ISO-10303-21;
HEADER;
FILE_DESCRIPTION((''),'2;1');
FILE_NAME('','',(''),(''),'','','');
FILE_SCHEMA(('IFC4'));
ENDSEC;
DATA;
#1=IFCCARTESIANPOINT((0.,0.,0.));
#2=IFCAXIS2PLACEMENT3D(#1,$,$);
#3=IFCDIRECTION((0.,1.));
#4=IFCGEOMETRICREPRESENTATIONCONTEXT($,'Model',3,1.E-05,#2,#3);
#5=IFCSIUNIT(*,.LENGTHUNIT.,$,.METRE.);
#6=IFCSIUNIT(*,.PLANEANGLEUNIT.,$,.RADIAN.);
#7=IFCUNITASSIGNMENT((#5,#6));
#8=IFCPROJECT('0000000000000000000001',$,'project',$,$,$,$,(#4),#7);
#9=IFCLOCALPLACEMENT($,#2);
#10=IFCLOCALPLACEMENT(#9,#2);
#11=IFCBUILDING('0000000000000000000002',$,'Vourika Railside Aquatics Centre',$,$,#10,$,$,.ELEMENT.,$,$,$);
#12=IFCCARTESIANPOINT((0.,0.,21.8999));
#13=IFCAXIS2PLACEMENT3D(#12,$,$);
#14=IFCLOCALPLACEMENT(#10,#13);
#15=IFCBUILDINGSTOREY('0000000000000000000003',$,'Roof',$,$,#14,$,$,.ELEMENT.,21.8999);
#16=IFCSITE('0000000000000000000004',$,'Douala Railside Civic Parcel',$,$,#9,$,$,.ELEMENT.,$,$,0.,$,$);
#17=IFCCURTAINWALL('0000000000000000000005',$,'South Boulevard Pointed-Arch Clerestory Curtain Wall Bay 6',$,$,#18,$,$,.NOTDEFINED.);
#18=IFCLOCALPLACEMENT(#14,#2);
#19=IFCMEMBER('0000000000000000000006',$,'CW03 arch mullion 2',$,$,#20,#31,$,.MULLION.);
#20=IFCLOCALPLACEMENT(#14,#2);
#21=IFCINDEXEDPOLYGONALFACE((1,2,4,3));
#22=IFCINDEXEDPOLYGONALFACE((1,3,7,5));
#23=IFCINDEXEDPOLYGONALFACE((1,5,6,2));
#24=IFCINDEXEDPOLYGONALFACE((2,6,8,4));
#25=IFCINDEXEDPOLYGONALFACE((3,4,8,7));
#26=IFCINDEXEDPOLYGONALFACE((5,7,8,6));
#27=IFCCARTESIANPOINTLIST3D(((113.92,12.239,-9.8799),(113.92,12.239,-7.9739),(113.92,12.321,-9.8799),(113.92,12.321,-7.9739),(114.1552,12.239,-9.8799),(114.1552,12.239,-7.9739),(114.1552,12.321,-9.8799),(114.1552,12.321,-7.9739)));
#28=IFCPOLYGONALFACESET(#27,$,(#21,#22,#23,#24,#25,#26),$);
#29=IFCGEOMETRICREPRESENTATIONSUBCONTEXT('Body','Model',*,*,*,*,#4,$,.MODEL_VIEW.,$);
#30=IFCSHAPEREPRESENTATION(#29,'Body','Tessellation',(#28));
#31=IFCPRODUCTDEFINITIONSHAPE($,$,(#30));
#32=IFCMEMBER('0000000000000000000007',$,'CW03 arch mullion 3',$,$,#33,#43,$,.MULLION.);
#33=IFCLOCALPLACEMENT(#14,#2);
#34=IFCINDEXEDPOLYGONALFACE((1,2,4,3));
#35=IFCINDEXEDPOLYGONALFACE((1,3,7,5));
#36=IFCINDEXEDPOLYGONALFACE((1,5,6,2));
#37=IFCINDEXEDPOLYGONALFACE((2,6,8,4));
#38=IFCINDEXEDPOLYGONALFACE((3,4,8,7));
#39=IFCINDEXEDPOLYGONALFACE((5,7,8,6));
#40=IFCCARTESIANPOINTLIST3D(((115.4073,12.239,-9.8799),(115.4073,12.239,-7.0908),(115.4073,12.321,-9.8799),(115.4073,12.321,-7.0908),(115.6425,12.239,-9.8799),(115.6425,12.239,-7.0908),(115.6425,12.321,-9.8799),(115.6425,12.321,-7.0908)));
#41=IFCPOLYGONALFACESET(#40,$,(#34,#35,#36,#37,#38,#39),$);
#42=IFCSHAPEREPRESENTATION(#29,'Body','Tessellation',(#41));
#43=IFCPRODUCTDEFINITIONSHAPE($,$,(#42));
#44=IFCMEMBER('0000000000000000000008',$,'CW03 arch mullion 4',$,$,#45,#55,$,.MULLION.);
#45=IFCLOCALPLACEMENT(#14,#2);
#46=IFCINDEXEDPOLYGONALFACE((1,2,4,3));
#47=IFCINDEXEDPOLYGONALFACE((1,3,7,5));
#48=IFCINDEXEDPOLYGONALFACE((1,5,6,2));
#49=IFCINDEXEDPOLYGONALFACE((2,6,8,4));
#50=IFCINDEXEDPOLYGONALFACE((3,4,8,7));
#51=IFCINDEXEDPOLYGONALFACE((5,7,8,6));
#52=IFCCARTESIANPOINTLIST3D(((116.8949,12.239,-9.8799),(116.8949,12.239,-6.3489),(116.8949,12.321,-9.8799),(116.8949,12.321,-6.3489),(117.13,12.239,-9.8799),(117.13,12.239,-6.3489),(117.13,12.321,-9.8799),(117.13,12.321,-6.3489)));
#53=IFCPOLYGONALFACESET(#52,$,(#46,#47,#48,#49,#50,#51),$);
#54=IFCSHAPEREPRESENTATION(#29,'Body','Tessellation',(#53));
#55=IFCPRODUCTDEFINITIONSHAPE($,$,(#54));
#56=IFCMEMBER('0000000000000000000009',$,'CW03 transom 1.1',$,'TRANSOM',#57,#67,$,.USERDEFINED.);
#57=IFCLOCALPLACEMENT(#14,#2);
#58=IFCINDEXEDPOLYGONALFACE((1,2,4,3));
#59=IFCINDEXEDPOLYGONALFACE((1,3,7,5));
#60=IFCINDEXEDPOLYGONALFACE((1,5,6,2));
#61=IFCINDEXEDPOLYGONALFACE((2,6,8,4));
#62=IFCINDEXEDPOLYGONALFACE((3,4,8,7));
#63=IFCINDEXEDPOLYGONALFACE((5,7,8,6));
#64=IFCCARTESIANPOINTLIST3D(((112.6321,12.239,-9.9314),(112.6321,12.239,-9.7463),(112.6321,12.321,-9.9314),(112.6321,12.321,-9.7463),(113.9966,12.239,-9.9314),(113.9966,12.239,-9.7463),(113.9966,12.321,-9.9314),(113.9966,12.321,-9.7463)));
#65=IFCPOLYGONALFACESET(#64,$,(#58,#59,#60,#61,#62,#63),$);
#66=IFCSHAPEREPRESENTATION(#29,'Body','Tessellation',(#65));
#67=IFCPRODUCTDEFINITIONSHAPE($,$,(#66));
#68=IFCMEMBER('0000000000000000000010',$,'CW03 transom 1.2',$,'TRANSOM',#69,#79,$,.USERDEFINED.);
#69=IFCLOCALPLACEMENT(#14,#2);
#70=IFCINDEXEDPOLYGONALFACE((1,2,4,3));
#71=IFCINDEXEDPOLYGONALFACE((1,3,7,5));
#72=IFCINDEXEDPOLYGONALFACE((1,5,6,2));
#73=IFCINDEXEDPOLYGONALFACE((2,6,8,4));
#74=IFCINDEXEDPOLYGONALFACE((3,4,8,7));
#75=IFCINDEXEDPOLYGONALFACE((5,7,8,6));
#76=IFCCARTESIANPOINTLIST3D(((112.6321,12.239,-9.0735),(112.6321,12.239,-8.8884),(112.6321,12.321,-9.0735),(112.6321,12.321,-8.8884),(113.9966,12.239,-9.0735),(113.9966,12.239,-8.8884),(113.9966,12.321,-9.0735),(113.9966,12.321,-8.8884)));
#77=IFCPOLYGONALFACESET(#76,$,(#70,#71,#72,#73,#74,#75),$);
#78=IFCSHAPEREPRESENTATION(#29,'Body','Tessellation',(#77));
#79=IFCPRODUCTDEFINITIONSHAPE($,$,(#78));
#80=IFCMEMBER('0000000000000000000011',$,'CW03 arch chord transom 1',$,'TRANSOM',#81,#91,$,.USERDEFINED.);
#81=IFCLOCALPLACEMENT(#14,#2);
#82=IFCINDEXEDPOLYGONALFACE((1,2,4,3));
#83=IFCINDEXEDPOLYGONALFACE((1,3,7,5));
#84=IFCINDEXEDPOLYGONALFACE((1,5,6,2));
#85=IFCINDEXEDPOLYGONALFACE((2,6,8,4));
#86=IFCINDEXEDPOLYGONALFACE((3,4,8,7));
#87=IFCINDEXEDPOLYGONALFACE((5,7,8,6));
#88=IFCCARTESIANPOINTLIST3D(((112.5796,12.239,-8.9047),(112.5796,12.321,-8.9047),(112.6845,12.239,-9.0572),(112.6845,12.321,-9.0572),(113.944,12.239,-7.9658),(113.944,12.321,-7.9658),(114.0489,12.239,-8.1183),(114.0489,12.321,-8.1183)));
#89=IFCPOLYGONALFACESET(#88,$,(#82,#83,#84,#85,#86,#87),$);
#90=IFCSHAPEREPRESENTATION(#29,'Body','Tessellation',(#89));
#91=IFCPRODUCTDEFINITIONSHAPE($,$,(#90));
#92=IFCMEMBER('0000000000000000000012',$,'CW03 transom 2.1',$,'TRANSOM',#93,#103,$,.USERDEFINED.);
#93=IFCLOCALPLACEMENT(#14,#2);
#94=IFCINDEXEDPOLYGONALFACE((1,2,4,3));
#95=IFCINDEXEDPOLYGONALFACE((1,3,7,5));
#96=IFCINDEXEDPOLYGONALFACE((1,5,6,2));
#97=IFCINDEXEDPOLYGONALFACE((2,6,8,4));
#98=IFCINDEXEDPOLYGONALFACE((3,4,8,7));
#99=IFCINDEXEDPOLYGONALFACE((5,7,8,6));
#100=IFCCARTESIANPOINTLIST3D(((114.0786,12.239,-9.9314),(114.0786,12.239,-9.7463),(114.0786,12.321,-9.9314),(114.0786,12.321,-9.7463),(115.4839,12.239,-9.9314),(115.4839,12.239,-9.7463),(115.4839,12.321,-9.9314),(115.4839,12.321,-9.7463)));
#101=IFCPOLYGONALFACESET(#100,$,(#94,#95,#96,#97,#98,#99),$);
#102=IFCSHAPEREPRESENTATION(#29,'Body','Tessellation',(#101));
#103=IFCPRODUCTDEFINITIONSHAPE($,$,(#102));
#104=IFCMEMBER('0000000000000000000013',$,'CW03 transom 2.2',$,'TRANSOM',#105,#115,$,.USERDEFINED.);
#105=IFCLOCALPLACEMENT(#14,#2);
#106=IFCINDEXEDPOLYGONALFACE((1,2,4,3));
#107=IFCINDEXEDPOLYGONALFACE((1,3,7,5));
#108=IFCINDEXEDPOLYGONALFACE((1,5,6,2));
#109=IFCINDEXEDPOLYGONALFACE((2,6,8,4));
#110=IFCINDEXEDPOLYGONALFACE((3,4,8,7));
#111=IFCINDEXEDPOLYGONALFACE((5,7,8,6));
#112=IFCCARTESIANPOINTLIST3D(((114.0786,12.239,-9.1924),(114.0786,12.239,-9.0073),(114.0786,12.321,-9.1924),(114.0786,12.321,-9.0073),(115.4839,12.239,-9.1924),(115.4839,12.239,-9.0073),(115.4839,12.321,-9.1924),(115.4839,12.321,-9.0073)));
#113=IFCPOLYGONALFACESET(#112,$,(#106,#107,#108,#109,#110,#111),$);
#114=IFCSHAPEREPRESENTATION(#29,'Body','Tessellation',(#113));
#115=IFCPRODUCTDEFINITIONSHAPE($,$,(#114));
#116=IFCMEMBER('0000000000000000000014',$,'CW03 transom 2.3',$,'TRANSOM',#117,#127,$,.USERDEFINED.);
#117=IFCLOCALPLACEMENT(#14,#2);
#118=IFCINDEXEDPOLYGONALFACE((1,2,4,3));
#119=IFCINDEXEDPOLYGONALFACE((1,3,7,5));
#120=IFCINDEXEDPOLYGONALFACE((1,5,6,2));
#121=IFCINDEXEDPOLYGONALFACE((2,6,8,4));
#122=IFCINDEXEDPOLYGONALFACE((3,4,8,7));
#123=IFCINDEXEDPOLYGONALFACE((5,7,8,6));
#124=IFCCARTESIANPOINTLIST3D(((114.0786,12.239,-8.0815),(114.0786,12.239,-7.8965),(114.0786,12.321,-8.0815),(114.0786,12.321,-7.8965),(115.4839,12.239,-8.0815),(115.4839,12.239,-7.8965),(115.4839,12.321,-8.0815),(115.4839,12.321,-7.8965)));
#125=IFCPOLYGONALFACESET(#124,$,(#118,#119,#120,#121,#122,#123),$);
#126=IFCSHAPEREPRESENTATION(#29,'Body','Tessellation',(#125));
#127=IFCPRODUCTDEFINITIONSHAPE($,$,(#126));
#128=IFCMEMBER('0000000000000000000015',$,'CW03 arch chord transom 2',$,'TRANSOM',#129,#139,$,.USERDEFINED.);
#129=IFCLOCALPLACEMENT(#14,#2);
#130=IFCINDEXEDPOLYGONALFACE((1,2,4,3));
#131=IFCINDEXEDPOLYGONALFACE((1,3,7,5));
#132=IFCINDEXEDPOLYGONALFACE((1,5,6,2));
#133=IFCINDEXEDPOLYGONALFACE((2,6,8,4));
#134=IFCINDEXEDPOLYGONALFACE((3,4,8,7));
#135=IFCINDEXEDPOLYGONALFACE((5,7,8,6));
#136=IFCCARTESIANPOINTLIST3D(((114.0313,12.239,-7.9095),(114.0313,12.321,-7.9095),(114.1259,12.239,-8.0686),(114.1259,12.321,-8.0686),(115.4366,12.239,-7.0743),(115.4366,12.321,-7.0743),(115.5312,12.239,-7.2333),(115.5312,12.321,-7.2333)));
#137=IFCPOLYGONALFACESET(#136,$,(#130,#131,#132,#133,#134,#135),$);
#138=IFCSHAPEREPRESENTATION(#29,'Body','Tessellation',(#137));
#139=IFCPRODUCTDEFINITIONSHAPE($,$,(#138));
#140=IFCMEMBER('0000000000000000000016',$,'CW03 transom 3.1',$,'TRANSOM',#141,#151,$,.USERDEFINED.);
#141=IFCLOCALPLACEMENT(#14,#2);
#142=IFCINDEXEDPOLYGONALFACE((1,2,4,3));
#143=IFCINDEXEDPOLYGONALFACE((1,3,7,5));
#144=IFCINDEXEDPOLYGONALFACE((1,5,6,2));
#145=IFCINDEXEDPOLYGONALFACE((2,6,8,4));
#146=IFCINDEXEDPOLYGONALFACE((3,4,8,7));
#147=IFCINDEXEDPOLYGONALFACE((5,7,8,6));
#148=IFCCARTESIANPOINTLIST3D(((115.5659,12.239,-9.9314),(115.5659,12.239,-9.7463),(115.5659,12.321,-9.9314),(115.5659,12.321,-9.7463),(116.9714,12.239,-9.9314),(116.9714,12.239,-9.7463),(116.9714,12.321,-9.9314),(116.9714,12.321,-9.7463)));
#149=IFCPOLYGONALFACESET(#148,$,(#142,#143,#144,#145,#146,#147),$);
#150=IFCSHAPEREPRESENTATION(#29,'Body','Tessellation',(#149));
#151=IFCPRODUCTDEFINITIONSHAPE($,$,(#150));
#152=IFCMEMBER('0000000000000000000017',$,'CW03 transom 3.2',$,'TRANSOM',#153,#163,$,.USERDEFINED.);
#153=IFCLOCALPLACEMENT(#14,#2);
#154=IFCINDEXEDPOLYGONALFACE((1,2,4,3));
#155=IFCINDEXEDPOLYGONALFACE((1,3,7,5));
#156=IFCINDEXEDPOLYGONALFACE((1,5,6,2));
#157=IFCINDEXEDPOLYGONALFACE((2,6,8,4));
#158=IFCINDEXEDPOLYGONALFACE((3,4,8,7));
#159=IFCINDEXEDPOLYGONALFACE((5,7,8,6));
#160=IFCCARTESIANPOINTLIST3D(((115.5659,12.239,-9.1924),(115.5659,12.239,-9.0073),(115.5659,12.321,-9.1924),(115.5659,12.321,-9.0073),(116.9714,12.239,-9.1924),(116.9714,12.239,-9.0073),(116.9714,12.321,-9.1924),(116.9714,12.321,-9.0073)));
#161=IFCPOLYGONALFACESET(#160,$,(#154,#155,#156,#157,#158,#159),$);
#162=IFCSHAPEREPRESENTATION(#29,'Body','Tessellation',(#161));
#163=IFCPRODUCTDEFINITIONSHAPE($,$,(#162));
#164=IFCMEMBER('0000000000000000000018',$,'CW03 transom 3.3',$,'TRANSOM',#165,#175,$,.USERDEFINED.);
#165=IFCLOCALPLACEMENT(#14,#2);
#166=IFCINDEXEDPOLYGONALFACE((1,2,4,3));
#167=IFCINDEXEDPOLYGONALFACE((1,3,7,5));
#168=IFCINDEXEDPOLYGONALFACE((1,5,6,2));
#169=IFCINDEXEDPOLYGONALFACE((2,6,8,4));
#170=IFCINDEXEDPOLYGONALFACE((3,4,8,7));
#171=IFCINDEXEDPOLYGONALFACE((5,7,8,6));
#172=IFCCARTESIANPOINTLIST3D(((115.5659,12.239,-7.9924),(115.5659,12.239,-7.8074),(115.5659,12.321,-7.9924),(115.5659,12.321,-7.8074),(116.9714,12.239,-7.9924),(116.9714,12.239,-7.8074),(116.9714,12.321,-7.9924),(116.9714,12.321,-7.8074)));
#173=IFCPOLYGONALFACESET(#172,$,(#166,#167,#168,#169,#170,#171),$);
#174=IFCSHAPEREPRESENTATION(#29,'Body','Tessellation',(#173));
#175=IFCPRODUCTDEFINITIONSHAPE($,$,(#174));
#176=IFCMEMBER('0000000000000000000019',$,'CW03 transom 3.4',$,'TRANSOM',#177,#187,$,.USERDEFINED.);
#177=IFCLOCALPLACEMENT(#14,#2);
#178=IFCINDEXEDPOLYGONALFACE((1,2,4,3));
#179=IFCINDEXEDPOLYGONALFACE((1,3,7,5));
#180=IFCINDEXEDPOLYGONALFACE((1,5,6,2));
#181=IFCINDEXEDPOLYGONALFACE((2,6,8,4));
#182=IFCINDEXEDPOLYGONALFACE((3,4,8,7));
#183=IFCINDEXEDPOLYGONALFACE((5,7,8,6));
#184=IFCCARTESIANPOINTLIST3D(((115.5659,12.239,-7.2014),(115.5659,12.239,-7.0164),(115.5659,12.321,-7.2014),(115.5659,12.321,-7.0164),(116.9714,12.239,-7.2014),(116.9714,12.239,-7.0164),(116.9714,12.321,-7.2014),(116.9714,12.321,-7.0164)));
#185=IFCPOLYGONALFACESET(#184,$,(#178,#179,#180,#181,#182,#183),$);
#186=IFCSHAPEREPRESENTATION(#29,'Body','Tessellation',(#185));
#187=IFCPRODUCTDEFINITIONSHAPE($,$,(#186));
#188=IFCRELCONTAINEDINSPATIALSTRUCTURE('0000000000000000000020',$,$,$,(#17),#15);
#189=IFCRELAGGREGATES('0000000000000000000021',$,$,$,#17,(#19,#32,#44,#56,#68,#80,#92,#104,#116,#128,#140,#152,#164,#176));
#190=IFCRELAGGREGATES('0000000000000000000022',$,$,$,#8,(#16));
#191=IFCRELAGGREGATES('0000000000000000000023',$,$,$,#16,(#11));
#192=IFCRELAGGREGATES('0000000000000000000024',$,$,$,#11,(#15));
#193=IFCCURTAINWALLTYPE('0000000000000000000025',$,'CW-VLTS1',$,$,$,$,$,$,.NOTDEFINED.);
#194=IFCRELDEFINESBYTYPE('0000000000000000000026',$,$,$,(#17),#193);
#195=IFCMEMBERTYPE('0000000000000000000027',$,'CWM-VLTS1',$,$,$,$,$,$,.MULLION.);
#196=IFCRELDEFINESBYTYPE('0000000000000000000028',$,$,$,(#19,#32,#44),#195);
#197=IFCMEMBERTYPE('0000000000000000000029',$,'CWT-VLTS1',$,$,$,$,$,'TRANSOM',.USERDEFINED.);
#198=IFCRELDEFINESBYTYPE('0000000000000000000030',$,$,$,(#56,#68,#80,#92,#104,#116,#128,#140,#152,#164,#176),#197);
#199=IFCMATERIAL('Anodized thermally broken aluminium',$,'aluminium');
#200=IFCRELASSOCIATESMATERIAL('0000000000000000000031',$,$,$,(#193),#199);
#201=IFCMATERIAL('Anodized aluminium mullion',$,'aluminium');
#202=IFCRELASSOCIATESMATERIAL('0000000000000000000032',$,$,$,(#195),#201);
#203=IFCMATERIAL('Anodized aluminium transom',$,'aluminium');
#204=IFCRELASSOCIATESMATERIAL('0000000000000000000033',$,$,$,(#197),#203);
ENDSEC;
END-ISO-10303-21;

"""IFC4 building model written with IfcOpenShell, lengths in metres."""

from ifc_helpers import new_model, si_unit, direction, frame, origin, origin_2d, place, context, subcontext, project, spatial, rectangle, extrude, material, material_profile, profile_set, type_object, element, aggregate, save


model = new_model("IFC4")

# Units and contexts
model_context = context("Model", 3, precision=1e-05, world=origin(), true_north=direction((0.0, 1.0)))
body_context = subcontext(model_context, "Body", "Model", "MODEL_VIEW")
ifc_project = project(units=[si_unit("LENGTHUNIT", "METRE"), si_unit("PLANEANGLEUNIT", "RADIAN")], contexts=[model_context])

# Site, building, storey
site_placement = place(None, origin())
site = spatial("IfcSite", under=ifc_project, at=site_placement, Name="Douala Railside Civic Parcel", CompositionType="ELEMENT", RefElevation=0.0)
building_placement = place(site_placement, origin())
building = spatial("IfcBuilding", under=site, at=building_placement, Name="Vourika Railside Aquatics Centre", CompositionType="ELEMENT")
storey_placement = place(building_placement, frame((0.0, 0.0, 21.8999)))
storey = spatial("IfcBuildingStorey", under=building, at=storey_placement, Name="Roof", CompositionType="ELEMENT", Elevation=21.8999)

# Curtain wall, members
ifc_material_1 = material(Name="Anodized thermally broken aluminium", Category="aluminium")
curtain_wall_type = type_object("IfcCurtainWallType", Name="CW-VLTS1", PredefinedType="NOTDEFINED", material=ifc_material_1)
curtain_wall_placement = place(storey_placement, origin())
curtain_wall = element("IfcCurtainWall", 1, at=curtain_wall_placement, inside=storey, type_object=curtain_wall_type, Name="South Boulevard Pointed-Arch Clerestory Curtain Wall Bay 6", PredefinedType="NOTDEFINED")
ifc_material_2 = material(Name="Anodized aluminium mullion", Category="aluminium")
ifc_material_profile_1 = material_profile(ifc_material_2, rectangle(XDim=0.082, YDim=0.2351, at=origin_2d()), Name="ALU-M 82x235")
ifc_profile_set_1 = profile_set([ifc_material_profile_1], Name="Anodized aluminium mullion")
member_type_1 = type_object("IfcMemberType", Name="CWM-VLTS1", PredefinedType="MULLION", material=ifc_profile_set_1)
member_1_placement = place(storey_placement, frame((114.0376, 12.28, -9.8799), z_axis=(0.0, 0.0, 1.0), x_axis=(0.0, 1.0, 0.0)))
member_1 = element("IfcMember", 2, at=member_1_placement, type_object=member_type_1, Name="CW03 arch mullion 2", PredefinedType="MULLION", context=body_context, shape_type="SweptSolid", body=[
    extrude(rectangle(XDim=0.082, YDim=0.2351, at=origin_2d()), origin(), (0.0, 0.0, 1.0), 1.906),
])
member_2_placement = place(storey_placement, frame((115.5249, 12.28, -9.8799), z_axis=(0.0, 0.0, 1.0), x_axis=(0.0, 1.0, 0.0)))
member_2 = element("IfcMember", 3, at=member_2_placement, type_object=member_type_1, Name="CW03 arch mullion 3", PredefinedType="MULLION", context=body_context, shape_type="SweptSolid", body=[
    extrude(rectangle(XDim=0.082, YDim=0.2351, at=origin_2d()), origin(), (0.0, 0.0, 1.0), 2.7891),
])
member_3_placement = place(storey_placement, frame((117.0125, 12.28, -9.8799), z_axis=(0.0, 0.0, 1.0), x_axis=(0.0, 1.0, 0.0)))
member_3 = element("IfcMember", 4, at=member_3_placement, type_object=member_type_1, Name="CW03 arch mullion 4", PredefinedType="MULLION", context=body_context, shape_type="SweptSolid", body=[
    extrude(rectangle(XDim=0.082, YDim=0.2351, at=origin_2d()), origin(), (0.0, 0.0, 1.0), 3.531),
])
ifc_material_3 = material(Name="Anodized aluminium transom", Category="aluminium")
ifc_material_profile_2 = material_profile(ifc_material_3, rectangle(XDim=0.082, YDim=0.1851, at=origin_2d()), Name="ALU-T 82x185")
ifc_profile_set_2 = profile_set([ifc_material_profile_2], Name="Anodized aluminium transom")
member_type_2 = type_object("IfcMemberType", Name="CWT-VLTS1", ElementType="TRANSOM", PredefinedType="USERDEFINED", material=ifc_profile_set_2)
member_4_placement = place(storey_placement, frame((112.6321, 12.28, -9.8389), z_axis=(1.0, 0.0, 0.0), x_axis=(0.0, 1.0, 0.0)))
member_4 = element("IfcMember", 5, at=member_4_placement, type_object=member_type_2, Name="CW03 transom 1.1", ObjectType="TRANSOM", PredefinedType="USERDEFINED", context=body_context, shape_type="SweptSolid", body=[
    extrude(rectangle(XDim=0.082, YDim=0.1851, at=origin_2d()), origin(), (0.0, 0.0, 1.0), 1.3645),
])
member_5_placement = place(storey_placement, frame((112.6321, 12.28, -8.981), z_axis=(1.0, 0.0, 0.0), x_axis=(0.0, 1.0, 0.0)))
member_5 = element("IfcMember", 6, at=member_5_placement, type_object=member_type_2, Name="CW03 transom 1.2", ObjectType="TRANSOM", PredefinedType="USERDEFINED", context=body_context, shape_type="SweptSolid", body=[
    extrude(rectangle(XDim=0.082, YDim=0.1851, at=origin_2d()), origin(), (0.0, 0.0, 1.0), 1.3645),
])
member_6_placement = place(storey_placement, frame((112.6321, 12.28, -8.981), z_axis=(0.823797, 0.0, 0.566885), x_axis=(0.0, 1.0, 0.0)))
member_6 = element("IfcMember", 7, at=member_6_placement, type_object=member_type_2, Name="CW03 arch chord transom 1", ObjectType="TRANSOM", PredefinedType="USERDEFINED", context=body_context, shape_type="SweptSolid", body=[
    extrude(rectangle(XDim=0.082, YDim=0.1851, at=origin_2d()), origin(), (0.0, 0.0, 1.0), 1.6562),
])
member_7_placement = place(storey_placement, frame((114.0786, 12.28, -9.8389), z_axis=(1.0, 0.0, 0.0), x_axis=(0.0, 1.0, 0.0)))
member_7 = element("IfcMember", 8, at=member_7_placement, type_object=member_type_2, Name="CW03 transom 2.1", ObjectType="TRANSOM", PredefinedType="USERDEFINED", context=body_context, shape_type="SweptSolid", body=[
    extrude(rectangle(XDim=0.082, YDim=0.1851, at=origin_2d()), origin(), (0.0, 0.0, 1.0), 1.4053),
])
member_8_placement = place(storey_placement, frame((114.0786, 12.28, -9.0999), z_axis=(1.0, 0.0, 0.0), x_axis=(0.0, 1.0, 0.0)))
member_8 = element("IfcMember", 9, at=member_8_placement, type_object=member_type_2, Name="CW03 transom 2.2", ObjectType="TRANSOM", PredefinedType="USERDEFINED", context=body_context, shape_type="SweptSolid", body=[
    extrude(rectangle(XDim=0.082, YDim=0.1851, at=origin_2d()), origin(), (0.0, 0.0, 1.0), 1.4053),
])
member_9_placement = place(storey_placement, frame((114.0786, 12.28, -7.989), z_axis=(1.0, 0.0, 0.0), x_axis=(0.0, 1.0, 0.0)))
member_9 = element("IfcMember", 10, at=member_9_placement, type_object=member_type_2, Name="CW03 transom 2.3", ObjectType="TRANSOM", PredefinedType="USERDEFINED", context=body_context, shape_type="SweptSolid", body=[
    extrude(rectangle(XDim=0.082, YDim=0.1851, at=origin_2d()), origin(), (0.0, 0.0, 1.0), 1.4053),
])
member_10_placement = place(storey_placement, frame((114.0786, 12.28, -7.989), z_axis=(0.859633, 0.0, 0.510911), x_axis=(0.0, 1.0, 0.0)))
member_10 = element("IfcMember", 11, at=member_10_placement, type_object=member_type_2, Name="CW03 arch chord transom 2", ObjectType="TRANSOM", PredefinedType="USERDEFINED", context=body_context, shape_type="SweptSolid", body=[
    extrude(rectangle(XDim=0.082, YDim=0.1851, at=origin_2d()), origin(), (0.0, 0.0, 1.0), 1.6348),
])
member_11_placement = place(storey_placement, frame((115.5659, 12.28, -9.8389), z_axis=(1.0, 0.0, 0.0), x_axis=(0.0, 1.0, 0.0)))
member_11 = element("IfcMember", 12, at=member_11_placement, type_object=member_type_2, Name="CW03 transom 3.1", ObjectType="TRANSOM", PredefinedType="USERDEFINED", context=body_context, shape_type="SweptSolid", body=[
    extrude(rectangle(XDim=0.082, YDim=0.1851, at=origin_2d()), origin(), (0.0, 0.0, 1.0), 1.4055),
])
member_12_placement = place(storey_placement, frame((115.5659, 12.28, -9.0999), z_axis=(1.0, 0.0, 0.0), x_axis=(0.0, 1.0, 0.0)))
member_12 = element("IfcMember", 13, at=member_12_placement, type_object=member_type_2, Name="CW03 transom 3.2", ObjectType="TRANSOM", PredefinedType="USERDEFINED", context=body_context, shape_type="SweptSolid", body=[
    extrude(rectangle(XDim=0.082, YDim=0.1851, at=origin_2d()), origin(), (0.0, 0.0, 1.0), 1.4055),
])
member_13_placement = place(storey_placement, frame((115.5659, 12.28, -7.8999), z_axis=(1.0, 0.0, 0.0), x_axis=(0.0, 1.0, 0.0)))
member_13 = element("IfcMember", 14, at=member_13_placement, type_object=member_type_2, Name="CW03 transom 3.3", ObjectType="TRANSOM", PredefinedType="USERDEFINED", context=body_context, shape_type="SweptSolid", body=[
    extrude(rectangle(XDim=0.082, YDim=0.1851, at=origin_2d()), origin(), (0.0, 0.0, 1.0), 1.4055),
])
member_14_placement = place(storey_placement, frame((115.5659, 12.28, -7.1089), z_axis=(1.0, 0.0, 0.0), x_axis=(0.0, 1.0, 0.0)))
member_14 = element("IfcMember", 15, at=member_14_placement, type_object=member_type_2, Name="CW03 transom 3.4", ObjectType="TRANSOM", PredefinedType="USERDEFINED", context=body_context, shape_type="SweptSolid", body=[
    extrude(rectangle(XDim=0.082, YDim=0.1851, at=origin_2d()), origin(), (0.0, 0.0, 1.0), 1.4055),
])
aggregate(curtain_wall, [member_1, member_2, member_3, member_4, member_5, member_6, member_7, member_8, member_9, member_10, member_11, member_12, member_13, member_14])

save(model, "model.ifc")
